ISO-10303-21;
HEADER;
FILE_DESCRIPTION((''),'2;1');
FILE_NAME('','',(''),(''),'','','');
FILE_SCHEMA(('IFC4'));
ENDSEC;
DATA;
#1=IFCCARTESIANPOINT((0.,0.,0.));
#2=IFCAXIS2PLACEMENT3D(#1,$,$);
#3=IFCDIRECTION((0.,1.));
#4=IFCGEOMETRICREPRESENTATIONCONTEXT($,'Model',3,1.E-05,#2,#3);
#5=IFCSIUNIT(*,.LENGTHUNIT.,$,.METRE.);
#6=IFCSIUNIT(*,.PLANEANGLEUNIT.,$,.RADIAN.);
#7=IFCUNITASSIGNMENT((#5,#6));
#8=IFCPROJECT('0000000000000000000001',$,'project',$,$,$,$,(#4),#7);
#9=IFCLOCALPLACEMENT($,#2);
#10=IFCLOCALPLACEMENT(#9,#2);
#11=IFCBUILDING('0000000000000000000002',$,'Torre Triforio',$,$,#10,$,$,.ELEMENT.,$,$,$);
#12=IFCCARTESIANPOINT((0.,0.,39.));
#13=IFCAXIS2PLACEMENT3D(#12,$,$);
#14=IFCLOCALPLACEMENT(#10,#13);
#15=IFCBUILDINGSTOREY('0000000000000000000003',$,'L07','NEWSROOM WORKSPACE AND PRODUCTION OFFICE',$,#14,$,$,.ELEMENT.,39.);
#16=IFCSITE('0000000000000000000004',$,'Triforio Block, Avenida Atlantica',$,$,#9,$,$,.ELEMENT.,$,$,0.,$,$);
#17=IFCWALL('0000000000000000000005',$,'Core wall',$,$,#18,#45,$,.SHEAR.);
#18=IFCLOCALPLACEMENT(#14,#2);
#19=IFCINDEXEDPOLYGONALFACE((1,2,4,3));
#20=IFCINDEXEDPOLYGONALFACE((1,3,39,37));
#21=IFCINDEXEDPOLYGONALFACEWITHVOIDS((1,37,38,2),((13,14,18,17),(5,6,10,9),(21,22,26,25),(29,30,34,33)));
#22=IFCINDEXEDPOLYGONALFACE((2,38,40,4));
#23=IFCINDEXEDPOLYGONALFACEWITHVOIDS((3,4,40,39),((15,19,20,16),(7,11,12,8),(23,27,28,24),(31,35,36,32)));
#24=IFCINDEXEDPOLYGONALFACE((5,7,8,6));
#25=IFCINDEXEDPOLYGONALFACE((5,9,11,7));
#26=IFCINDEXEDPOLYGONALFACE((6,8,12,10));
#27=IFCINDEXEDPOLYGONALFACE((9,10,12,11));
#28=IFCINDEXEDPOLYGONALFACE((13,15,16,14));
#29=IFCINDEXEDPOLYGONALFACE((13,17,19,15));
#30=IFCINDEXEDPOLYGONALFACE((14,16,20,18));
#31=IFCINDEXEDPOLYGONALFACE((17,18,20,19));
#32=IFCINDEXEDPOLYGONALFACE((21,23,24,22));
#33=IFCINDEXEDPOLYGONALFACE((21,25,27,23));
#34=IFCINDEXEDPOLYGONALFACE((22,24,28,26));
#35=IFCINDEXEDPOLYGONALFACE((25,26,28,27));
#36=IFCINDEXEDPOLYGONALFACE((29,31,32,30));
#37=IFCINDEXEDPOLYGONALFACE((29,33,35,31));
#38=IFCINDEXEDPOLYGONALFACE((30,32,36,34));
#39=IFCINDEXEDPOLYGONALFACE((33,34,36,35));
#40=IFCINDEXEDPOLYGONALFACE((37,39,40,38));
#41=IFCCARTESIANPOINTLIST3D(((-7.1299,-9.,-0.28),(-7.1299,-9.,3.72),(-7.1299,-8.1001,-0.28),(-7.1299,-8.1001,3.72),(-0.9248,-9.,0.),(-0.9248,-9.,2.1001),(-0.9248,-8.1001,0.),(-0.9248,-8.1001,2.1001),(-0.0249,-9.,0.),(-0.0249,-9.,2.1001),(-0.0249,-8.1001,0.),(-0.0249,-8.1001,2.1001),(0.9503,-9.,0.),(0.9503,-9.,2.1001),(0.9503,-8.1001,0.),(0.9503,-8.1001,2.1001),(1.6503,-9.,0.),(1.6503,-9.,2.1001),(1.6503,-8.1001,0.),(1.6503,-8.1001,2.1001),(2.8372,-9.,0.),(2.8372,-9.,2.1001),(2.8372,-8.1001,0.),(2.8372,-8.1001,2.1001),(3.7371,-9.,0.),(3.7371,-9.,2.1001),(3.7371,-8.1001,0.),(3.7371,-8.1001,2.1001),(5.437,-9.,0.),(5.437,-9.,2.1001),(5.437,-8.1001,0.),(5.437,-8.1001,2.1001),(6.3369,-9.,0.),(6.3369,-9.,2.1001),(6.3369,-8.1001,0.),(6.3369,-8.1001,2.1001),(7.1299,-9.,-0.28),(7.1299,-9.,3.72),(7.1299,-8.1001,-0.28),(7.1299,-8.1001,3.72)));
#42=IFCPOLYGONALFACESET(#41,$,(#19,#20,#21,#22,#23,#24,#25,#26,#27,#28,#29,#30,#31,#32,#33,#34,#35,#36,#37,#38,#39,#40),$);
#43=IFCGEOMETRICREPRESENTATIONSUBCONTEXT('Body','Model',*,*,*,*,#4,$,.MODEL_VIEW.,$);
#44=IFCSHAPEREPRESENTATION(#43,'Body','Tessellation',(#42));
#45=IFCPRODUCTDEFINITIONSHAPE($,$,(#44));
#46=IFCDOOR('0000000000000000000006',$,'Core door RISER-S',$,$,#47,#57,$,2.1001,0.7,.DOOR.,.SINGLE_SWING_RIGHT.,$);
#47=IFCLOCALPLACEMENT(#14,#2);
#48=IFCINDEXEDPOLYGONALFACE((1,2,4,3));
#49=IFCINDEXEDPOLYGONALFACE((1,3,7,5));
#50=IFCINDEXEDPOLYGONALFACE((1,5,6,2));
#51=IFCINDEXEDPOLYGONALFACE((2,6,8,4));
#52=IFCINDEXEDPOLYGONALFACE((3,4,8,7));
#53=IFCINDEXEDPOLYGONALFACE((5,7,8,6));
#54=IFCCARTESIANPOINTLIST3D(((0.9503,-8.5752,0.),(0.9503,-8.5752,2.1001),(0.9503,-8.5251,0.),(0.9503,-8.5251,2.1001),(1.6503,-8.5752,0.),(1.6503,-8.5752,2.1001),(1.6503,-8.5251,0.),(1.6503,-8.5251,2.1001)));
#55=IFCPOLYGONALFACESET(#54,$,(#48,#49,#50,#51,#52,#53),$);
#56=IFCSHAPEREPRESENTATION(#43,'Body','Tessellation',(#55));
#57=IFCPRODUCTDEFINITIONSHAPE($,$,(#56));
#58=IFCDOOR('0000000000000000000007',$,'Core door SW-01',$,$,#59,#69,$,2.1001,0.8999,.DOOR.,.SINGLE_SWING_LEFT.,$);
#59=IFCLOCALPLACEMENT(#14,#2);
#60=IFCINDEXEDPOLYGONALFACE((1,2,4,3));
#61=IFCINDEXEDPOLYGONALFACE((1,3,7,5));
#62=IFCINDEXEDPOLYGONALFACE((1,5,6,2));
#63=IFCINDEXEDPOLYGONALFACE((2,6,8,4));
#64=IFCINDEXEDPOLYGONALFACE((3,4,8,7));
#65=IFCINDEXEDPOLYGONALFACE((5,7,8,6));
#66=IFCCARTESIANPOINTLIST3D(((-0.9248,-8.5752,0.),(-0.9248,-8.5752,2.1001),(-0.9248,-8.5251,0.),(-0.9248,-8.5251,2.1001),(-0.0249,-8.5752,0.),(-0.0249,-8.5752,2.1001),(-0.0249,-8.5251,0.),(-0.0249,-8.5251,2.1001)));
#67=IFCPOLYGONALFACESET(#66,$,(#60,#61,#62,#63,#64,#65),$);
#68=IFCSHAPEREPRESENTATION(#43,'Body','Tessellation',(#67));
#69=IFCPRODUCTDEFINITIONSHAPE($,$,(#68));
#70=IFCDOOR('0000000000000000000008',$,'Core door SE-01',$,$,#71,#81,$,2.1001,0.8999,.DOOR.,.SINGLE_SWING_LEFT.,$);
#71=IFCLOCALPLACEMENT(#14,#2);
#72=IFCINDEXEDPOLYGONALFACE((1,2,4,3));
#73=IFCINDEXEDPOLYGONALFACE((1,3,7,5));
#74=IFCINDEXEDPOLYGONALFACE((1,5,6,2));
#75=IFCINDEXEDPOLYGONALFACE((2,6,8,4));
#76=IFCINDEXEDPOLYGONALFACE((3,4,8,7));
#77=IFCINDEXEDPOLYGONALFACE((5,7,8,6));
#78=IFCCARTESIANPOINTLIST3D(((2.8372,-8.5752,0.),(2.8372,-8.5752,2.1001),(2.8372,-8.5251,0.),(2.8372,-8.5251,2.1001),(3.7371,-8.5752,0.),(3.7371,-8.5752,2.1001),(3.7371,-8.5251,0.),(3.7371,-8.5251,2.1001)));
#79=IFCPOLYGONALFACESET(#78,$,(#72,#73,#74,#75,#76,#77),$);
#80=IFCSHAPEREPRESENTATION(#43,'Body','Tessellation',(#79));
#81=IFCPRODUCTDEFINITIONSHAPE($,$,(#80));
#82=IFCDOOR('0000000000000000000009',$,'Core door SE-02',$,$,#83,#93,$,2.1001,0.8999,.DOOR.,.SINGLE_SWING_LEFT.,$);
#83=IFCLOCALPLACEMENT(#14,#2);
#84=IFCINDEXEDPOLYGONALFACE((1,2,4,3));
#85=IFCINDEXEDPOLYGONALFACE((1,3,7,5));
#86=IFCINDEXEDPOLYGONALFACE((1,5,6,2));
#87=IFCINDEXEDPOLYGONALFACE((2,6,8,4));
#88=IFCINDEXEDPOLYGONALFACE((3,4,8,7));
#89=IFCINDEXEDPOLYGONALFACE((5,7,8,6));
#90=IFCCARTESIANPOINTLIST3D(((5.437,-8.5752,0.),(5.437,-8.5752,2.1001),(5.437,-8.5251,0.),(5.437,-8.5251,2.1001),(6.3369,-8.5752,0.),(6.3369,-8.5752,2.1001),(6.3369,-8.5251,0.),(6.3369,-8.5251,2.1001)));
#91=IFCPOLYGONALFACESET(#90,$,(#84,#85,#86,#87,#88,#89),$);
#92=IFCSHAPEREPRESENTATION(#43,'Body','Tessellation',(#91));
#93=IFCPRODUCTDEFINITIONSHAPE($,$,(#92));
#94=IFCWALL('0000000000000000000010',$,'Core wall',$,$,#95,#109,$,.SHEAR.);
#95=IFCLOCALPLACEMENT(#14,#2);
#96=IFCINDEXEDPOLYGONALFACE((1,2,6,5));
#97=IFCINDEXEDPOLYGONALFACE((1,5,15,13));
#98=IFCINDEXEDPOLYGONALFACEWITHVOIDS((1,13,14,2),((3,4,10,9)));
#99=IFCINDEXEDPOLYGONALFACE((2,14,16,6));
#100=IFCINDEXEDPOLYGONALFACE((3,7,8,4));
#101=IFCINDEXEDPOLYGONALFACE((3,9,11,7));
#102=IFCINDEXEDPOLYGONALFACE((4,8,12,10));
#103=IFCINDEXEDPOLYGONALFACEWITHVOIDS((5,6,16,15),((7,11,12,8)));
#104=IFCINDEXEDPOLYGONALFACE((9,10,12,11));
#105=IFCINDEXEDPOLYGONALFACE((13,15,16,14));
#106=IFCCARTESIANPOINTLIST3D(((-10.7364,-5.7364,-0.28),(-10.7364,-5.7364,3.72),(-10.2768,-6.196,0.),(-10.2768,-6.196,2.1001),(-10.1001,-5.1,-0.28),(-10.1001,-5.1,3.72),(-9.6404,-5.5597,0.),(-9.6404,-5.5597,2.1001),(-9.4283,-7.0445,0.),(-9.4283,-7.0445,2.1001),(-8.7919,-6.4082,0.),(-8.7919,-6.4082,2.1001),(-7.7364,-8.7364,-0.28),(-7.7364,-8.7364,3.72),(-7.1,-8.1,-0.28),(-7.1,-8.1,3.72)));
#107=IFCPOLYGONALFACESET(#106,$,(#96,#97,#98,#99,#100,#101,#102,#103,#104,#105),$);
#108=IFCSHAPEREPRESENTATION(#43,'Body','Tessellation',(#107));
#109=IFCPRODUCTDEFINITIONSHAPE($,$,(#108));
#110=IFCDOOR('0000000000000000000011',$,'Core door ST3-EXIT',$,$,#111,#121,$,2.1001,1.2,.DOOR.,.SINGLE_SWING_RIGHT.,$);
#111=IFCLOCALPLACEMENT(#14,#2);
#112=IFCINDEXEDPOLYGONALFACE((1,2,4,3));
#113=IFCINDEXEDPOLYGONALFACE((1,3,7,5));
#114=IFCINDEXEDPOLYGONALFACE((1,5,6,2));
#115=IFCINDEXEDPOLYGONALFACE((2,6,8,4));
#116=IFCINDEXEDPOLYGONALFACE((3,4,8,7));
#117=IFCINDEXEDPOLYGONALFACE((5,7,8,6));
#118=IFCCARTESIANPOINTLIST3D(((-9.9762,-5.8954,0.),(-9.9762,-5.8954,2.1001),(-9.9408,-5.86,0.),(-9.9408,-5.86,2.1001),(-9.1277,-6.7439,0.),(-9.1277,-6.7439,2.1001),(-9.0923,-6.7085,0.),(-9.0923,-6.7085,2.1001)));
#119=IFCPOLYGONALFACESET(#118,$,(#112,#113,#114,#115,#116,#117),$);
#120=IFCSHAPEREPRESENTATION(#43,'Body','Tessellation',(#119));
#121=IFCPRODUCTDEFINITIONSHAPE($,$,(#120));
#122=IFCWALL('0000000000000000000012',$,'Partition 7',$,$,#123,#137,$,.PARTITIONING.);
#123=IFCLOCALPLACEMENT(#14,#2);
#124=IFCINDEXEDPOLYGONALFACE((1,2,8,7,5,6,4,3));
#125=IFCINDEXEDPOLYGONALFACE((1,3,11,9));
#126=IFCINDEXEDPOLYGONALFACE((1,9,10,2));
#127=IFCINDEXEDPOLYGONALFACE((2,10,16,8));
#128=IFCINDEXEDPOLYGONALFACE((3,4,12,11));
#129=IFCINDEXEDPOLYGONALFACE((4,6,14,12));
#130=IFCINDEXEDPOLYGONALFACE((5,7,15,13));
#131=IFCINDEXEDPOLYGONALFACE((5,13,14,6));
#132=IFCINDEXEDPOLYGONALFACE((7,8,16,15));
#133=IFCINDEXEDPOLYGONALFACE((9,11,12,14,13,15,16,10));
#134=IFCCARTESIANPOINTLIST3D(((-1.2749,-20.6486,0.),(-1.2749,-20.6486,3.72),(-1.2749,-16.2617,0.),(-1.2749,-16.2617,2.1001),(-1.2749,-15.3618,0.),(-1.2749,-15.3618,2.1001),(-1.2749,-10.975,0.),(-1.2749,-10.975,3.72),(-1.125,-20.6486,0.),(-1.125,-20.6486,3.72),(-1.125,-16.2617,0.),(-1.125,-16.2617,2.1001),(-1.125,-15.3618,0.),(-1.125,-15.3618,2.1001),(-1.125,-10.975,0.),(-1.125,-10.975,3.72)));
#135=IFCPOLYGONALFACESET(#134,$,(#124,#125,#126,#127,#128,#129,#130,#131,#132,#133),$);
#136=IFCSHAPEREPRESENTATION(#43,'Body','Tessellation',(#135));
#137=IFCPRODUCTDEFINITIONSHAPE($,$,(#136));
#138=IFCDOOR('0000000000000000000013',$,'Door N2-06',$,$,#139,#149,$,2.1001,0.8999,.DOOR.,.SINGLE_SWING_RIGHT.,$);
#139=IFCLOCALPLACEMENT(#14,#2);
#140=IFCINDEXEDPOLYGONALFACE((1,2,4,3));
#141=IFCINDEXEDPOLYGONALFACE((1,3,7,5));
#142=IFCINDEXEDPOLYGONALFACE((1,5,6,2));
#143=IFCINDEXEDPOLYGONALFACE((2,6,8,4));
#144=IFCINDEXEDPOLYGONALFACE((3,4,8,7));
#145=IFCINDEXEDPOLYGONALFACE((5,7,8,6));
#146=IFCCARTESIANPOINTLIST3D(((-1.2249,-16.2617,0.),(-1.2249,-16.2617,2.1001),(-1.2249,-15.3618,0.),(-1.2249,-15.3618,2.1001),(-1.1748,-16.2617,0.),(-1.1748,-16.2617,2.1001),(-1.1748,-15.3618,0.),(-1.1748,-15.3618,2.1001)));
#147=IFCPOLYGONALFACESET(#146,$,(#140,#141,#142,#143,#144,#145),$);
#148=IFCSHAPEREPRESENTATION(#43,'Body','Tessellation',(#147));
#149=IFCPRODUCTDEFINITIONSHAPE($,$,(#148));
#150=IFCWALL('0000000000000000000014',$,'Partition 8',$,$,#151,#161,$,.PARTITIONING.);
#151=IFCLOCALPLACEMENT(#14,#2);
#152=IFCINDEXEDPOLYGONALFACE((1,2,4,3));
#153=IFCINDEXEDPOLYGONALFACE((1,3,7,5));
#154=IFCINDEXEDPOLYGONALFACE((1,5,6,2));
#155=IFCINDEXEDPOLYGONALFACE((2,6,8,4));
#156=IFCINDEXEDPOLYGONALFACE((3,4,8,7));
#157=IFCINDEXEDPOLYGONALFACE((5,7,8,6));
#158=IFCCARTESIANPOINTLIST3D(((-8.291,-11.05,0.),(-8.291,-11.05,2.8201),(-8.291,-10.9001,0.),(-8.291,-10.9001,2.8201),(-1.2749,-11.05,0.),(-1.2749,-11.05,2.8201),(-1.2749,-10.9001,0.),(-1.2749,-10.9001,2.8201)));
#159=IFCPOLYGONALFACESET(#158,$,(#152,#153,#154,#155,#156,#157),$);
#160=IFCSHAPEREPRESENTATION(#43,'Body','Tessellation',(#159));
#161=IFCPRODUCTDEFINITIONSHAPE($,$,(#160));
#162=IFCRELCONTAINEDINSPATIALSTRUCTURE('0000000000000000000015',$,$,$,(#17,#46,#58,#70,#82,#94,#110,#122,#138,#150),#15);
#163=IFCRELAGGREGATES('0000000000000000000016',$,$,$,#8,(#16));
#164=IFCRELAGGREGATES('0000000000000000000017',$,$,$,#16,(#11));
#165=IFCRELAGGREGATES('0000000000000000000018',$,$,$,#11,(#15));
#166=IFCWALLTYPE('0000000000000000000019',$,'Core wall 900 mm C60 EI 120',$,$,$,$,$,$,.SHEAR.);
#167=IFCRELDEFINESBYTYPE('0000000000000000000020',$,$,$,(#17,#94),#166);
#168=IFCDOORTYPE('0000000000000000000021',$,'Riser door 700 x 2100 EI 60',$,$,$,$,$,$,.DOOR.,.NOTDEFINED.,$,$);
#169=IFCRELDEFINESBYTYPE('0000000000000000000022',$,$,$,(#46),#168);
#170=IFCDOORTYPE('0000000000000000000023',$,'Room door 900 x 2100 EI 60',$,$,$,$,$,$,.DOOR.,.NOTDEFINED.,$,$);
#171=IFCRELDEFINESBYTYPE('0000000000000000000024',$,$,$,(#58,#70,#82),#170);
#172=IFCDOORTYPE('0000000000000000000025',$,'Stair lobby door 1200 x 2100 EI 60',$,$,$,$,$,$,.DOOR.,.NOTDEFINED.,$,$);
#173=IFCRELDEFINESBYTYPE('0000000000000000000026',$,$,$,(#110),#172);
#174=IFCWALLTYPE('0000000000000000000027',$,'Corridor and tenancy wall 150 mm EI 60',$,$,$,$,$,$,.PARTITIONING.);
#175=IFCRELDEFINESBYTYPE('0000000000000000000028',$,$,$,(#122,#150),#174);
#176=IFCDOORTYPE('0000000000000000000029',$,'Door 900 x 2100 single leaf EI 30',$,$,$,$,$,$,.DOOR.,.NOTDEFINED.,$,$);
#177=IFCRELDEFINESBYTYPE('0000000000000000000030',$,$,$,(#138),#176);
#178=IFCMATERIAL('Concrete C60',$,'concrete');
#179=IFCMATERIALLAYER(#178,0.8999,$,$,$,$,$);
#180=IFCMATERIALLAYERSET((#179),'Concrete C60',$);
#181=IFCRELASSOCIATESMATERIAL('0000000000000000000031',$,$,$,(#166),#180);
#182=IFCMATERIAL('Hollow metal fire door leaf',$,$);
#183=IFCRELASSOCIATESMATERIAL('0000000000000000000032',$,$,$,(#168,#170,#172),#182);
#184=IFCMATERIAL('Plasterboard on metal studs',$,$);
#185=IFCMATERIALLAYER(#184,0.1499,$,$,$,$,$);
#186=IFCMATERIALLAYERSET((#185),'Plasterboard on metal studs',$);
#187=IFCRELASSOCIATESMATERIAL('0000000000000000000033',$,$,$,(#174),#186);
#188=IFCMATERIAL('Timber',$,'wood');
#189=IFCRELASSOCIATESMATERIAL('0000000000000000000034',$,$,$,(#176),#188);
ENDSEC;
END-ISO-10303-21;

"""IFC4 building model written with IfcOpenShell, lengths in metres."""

from ifc_helpers import new_model, si_unit, direction, frame, frame_2d, origin, place, context, subcontext, project, spatial, rectangle, extrude, material, layer, layer_set, type_object, element, fill, save


model = new_model("IFC4")

# Units and contexts
model_context = context("Model", 3, precision=1e-05, world=origin(), true_north=direction((0.0, 1.0)))
body_context = subcontext(model_context, "Body", "Model", "MODEL_VIEW")
ifc_project = project(units=[si_unit("LENGTHUNIT", "METRE"), si_unit("PLANEANGLEUNIT", "RADIAN")], contexts=[model_context])

# Site, building, storey
site_placement = place(None, origin())
site = spatial("IfcSite", under=ifc_project, at=site_placement, Name="Triforio Block, Avenida Atlantica", CompositionType="ELEMENT", RefElevation=0.0)
building_placement = place(site_placement, origin())
building = spatial("IfcBuilding", under=site, at=building_placement, Name="Torre Triforio", CompositionType="ELEMENT")
storey_placement = place(building_placement, frame((0.0, 0.0, 39.0)))
storey = spatial("IfcBuildingStorey", under=building, at=storey_placement, Name="L07", Description="NEWSROOM WORKSPACE AND PRODUCTION OFFICE", CompositionType="ELEMENT", Elevation=39.0)

# Shared definitions
ifc_material_1 = material(Name="Concrete C60", Category="concrete")

# Wall, openings, doors
ifc_layer_1 = layer(ifc_material_1, 0.8999)
ifc_layer_set_1 = layer_set([ifc_layer_1], Name="Concrete C60")
wall_type_1 = type_object("IfcWallType", Name="Core wall 900 mm C60 EI 120", PredefinedType="SHEAR", material=ifc_layer_set_1)
wall_1_placement = place(storey_placement, frame((-7.1299, -8.55, -0.28), z_axis=(0.0, 0.0, 1.0), x_axis=(1.0, 0.0, 0.0)))
wall_1 = element("IfcWall", 1, at=wall_1_placement, inside=storey, type_object=wall_type_1, Name="Core wall", PredefinedType="SHEAR", context=body_context, shape_type="SweptSolid", body=[
    extrude(rectangle(XDim=14.2598, YDim=0.8999, at=frame_2d((7.1299, 0.0))), origin(), (0.0, 0.0, 1.0), 4.0),
])
opening_1_placement = place(wall_1_placement, frame((8.0801, 0.0, 0.28)))
opening_1 = element("IfcOpeningElement", 2, at=opening_1_placement, cuts=wall_1, PredefinedType="OPENING", context=body_context, shape_type="SweptSolid", body=[
    extrude(rectangle(XDim=0.7, YDim=2.1001, at=frame_2d((0.3501, 1.05))), frame((0.0, 0.46, 0.0), z_axis=(0.0, -1.0, 0.0), x_axis=(1.0, 0.0, 0.0)), (0.0, 0.0, 1.0), 0.9199),
])
opening_2_placement = place(wall_1_placement, frame((6.2051, 0.0, 0.28)))
opening_2 = element("IfcOpeningElement", 3, at=opening_2_placement, cuts=wall_1, PredefinedType="OPENING", context=body_context, shape_type="SweptSolid", body=[
    extrude(rectangle(XDim=0.8999, YDim=2.1001, at=frame_2d((0.45, 1.05))), frame((0.0, 0.46, 0.0), z_axis=(0.0, -1.0, 0.0), x_axis=(1.0, 0.0, 0.0)), (0.0, 0.0, 1.0), 0.9199),
])
opening_3_placement = place(wall_1_placement, frame((9.967, 0.0, 0.28)))
opening_3 = element("IfcOpeningElement", 4, at=opening_3_placement, cuts=wall_1, PredefinedType="OPENING", context=body_context, shape_type="SweptSolid", body=[
    extrude(rectangle(XDim=0.8999, YDim=2.1001, at=frame_2d((0.45, 1.05))), frame((0.0, 0.46, 0.0), z_axis=(0.0, -1.0, 0.0), x_axis=(1.0, 0.0, 0.0)), (0.0, 0.0, 1.0), 0.9199),
])
opening_4_placement = place(wall_1_placement, frame((12.5669, 0.0, 0.28)))
opening_4 = element("IfcOpeningElement", 5, at=opening_4_placement, cuts=wall_1, PredefinedType="OPENING", context=body_context, shape_type="SweptSolid", body=[
    extrude(rectangle(XDim=0.8999, YDim=2.1001, at=frame_2d((0.45, 1.05))), frame((0.0, 0.46, 0.0), z_axis=(0.0, -1.0, 0.0), x_axis=(1.0, 0.0, 0.0)), (0.0, 0.0, 1.0), 0.9199),
])
ifc_material_2 = material(Name="Hollow metal fire door leaf")
door_type_1 = type_object("IfcDoorType", Name="Riser door 700 x 2100 EI 60", OperationType="NOTDEFINED", PredefinedType="DOOR", material=ifc_material_2)
door_1_placement = place(opening_1_placement, origin())
door_1 = element("IfcDoor", 6, at=door_1_placement, inside=storey, type_object=door_type_1, Name="Core door RISER-S", OperationType="SINGLE_SWING_RIGHT", OverallHeight=2.1001, OverallWidth=0.7, PredefinedType="DOOR", context=body_context, shape_type="SweptSolid", body=[
    extrude(rectangle(XDim=0.7, YDim=2.1001, at=frame_2d((0.3501, 1.05))), frame((0.0, 0.0249, 0.0), z_axis=(0.0, -1.0, 0.0), x_axis=(1.0, 0.0, 0.0)), (0.0, 0.0, 1.0), 0.05),
])
fill(opening_1, door_1)
door_type_2 = type_object("IfcDoorType", Name="Room door 900 x 2100 EI 60", OperationType="NOTDEFINED", PredefinedType="DOOR", material=ifc_material_2)
door_2_placement = place(opening_2_placement, origin())
door_2 = element("IfcDoor", 7, at=door_2_placement, inside=storey, type_object=door_type_2, Name="Core door SW-01", OperationType="SINGLE_SWING_LEFT", OverallHeight=2.1001, OverallWidth=0.8999, PredefinedType="DOOR", context=body_context, shape_type="SweptSolid", body=[
    extrude(rectangle(XDim=0.8999, YDim=2.1001, at=frame_2d((0.45, 1.05))), frame((0.0, 0.0249, 0.0), z_axis=(0.0, -1.0, 0.0), x_axis=(1.0, 0.0, 0.0)), (0.0, 0.0, 1.0), 0.05),
])
fill(opening_2, door_2)
door_3_placement = place(opening_3_placement, origin())
door_3 = element("IfcDoor", 8, at=door_3_placement, inside=storey, type_object=door_type_2, Name="Core door SE-01", OperationType="SINGLE_SWING_LEFT", OverallHeight=2.1001, OverallWidth=0.8999, PredefinedType="DOOR", context=body_context, shape_type="SweptSolid", body=[
    extrude(rectangle(XDim=0.8999, YDim=2.1001, at=frame_2d((0.45, 1.05))), frame((0.0, 0.0249, 0.0), z_axis=(0.0, -1.0, 0.0), x_axis=(1.0, 0.0, 0.0)), (0.0, 0.0, 1.0), 0.05),
])
fill(opening_3, door_3)
door_4_placement = place(opening_4_placement, origin())
door_4 = element("IfcDoor", 9, at=door_4_placement, inside=storey, type_object=door_type_2, Name="Core door SE-02", OperationType="SINGLE_SWING_LEFT", OverallHeight=2.1001, OverallWidth=0.8999, PredefinedType="DOOR", context=body_context, shape_type="SweptSolid", body=[
    extrude(rectangle(XDim=0.8999, YDim=2.1001, at=frame_2d((0.45, 1.05))), frame((0.0, 0.0249, 0.0), z_axis=(0.0, -1.0, 0.0), x_axis=(1.0, 0.0, 0.0)), (0.0, 0.0, 1.0), 0.05),
])
fill(opening_4, door_4)

# Walls, openings, doors
wall_2_placement = place(storey_placement, frame((-7.4182, -8.4182, -0.28), z_axis=(0.0, 0.0, 1.0), x_axis=(-0.707107, 0.707107, 0.0)))
wall_2 = element("IfcWall", 10, at=wall_2_placement, inside=storey, type_object=wall_type_1, Name="Core wall", PredefinedType="SHEAR", context=body_context, shape_type="SweptSolid", body=[
    extrude(rectangle(XDim=4.2427, YDim=0.8999, at=frame_2d((2.1213, 0.0))), origin(), (0.0, 0.0, 1.0), 4.0),
])
opening_5_placement = place(wall_2_placement, frame((2.3926, 0.0, 0.28)))
opening_5 = element("IfcOpeningElement", 11, at=opening_5_placement, cuts=wall_2, PredefinedType="OPENING", context=body_context, shape_type="SweptSolid", body=[
    extrude(rectangle(XDim=1.2, YDim=2.1001, at=frame_2d((0.6001, 1.05))), frame((0.0, 0.46, 0.0), z_axis=(0.0, -1.0, 0.0), x_axis=(1.0, 0.0, 0.0)), (0.0, 0.0, 1.0), 0.9199),
])
door_type_3 = type_object("IfcDoorType", Name="Stair lobby door 1200 x 2100 EI 60", OperationType="NOTDEFINED", PredefinedType="DOOR", material=ifc_material_2)
door_5_placement = place(opening_5_placement, origin())
door_5 = element("IfcDoor", 12, at=door_5_placement, inside=storey, type_object=door_type_3, Name="Core door ST3-EXIT", OperationType="SINGLE_SWING_RIGHT", OverallHeight=2.1001, OverallWidth=1.2, PredefinedType="DOOR", context=body_context, shape_type="SweptSolid", body=[
    extrude(rectangle(XDim=1.2, YDim=2.1001, at=frame_2d((0.6001, 1.05))), frame((0.0, 0.0249, 0.0), z_axis=(0.0, -1.0, 0.0), x_axis=(1.0, 0.0, 0.0)), (0.0, 0.0, 1.0), 0.05),
])
fill(opening_5, door_5)
ifc_material_3 = material(Name="Plasterboard on metal studs")
ifc_layer_2 = layer(ifc_material_3, 0.1499)
ifc_layer_set_2 = layer_set([ifc_layer_2], Name="Plasterboard on metal studs")
wall_type_2 = type_object("IfcWallType", Name="Corridor and tenancy wall 150 mm EI 60", PredefinedType="PARTITIONING", material=ifc_layer_set_2)
wall_3_placement = place(storey_placement, frame((-1.2, -20.6487, 0.0), z_axis=(0.0, 0.0, 1.0), x_axis=(0.0, 1.0, 0.0)))
wall_3 = element("IfcWall", 13, at=wall_3_placement, inside=storey, type_object=wall_type_2, Name="Partition 7", PredefinedType="PARTITIONING", context=body_context, shape_type="SweptSolid", body=[
    extrude(rectangle(XDim=9.6736, YDim=0.1499, at=frame_2d((4.8369, 0.0))), origin(), (0.0, 0.0, 1.0), 3.72),
])
opening_6_placement = place(wall_3_placement, frame((4.387, 0.0, 0.0)))
opening_6 = element("IfcOpeningElement", 14, at=opening_6_placement, cuts=wall_3, PredefinedType="OPENING", context=body_context, shape_type="SweptSolid", body=[
    extrude(rectangle(XDim=0.8999, YDim=2.1001, at=frame_2d((0.45, 1.05))), frame((0.0, 0.085, 0.0), z_axis=(0.0, -1.0, 0.0), x_axis=(1.0, 0.0, 0.0)), (0.0, 0.0, 1.0), 0.1699),
])
ifc_material_4 = material(Name="Timber", Category="wood")
door_type_4 = type_object("IfcDoorType", Name="Door 900 x 2100 single leaf EI 30", OperationType="NOTDEFINED", PredefinedType="DOOR", material=ifc_material_4)
door_6_placement = place(opening_6_placement, origin())
door_6 = element("IfcDoor", 15, at=door_6_placement, inside=storey, type_object=door_type_4, Name="Door N2-06", OperationType="SINGLE_SWING_RIGHT", OverallHeight=2.1001, OverallWidth=0.8999, PredefinedType="DOOR", context=body_context, shape_type="SweptSolid", body=[
    extrude(rectangle(XDim=0.8999, YDim=2.1001, at=frame_2d((0.45, 1.05))), frame((0.0, 0.0249, 0.0), z_axis=(0.0, -1.0, 0.0), x_axis=(1.0, 0.0, 0.0)), (0.0, 0.0, 1.0), 0.05),
])
fill(opening_6, door_6)

# Wall
wall_4_placement = place(storey_placement, frame((-1.2749, -10.9751, 0.0), z_axis=(0.0, 0.0, 1.0), x_axis=(-1.0, 0.0, 0.0)))
element("IfcWall", 16, at=wall_4_placement, inside=storey, type_object=wall_type_2, Name="Partition 8", PredefinedType="PARTITIONING", context=body_context, shape_type="SweptSolid", body=[
    extrude(rectangle(XDim=7.0161, YDim=0.1499, at=frame_2d((3.5081, 0.0))), origin(), (0.0, 0.0, 1.0), 2.8201),
])

save(model, "model.ifc")
